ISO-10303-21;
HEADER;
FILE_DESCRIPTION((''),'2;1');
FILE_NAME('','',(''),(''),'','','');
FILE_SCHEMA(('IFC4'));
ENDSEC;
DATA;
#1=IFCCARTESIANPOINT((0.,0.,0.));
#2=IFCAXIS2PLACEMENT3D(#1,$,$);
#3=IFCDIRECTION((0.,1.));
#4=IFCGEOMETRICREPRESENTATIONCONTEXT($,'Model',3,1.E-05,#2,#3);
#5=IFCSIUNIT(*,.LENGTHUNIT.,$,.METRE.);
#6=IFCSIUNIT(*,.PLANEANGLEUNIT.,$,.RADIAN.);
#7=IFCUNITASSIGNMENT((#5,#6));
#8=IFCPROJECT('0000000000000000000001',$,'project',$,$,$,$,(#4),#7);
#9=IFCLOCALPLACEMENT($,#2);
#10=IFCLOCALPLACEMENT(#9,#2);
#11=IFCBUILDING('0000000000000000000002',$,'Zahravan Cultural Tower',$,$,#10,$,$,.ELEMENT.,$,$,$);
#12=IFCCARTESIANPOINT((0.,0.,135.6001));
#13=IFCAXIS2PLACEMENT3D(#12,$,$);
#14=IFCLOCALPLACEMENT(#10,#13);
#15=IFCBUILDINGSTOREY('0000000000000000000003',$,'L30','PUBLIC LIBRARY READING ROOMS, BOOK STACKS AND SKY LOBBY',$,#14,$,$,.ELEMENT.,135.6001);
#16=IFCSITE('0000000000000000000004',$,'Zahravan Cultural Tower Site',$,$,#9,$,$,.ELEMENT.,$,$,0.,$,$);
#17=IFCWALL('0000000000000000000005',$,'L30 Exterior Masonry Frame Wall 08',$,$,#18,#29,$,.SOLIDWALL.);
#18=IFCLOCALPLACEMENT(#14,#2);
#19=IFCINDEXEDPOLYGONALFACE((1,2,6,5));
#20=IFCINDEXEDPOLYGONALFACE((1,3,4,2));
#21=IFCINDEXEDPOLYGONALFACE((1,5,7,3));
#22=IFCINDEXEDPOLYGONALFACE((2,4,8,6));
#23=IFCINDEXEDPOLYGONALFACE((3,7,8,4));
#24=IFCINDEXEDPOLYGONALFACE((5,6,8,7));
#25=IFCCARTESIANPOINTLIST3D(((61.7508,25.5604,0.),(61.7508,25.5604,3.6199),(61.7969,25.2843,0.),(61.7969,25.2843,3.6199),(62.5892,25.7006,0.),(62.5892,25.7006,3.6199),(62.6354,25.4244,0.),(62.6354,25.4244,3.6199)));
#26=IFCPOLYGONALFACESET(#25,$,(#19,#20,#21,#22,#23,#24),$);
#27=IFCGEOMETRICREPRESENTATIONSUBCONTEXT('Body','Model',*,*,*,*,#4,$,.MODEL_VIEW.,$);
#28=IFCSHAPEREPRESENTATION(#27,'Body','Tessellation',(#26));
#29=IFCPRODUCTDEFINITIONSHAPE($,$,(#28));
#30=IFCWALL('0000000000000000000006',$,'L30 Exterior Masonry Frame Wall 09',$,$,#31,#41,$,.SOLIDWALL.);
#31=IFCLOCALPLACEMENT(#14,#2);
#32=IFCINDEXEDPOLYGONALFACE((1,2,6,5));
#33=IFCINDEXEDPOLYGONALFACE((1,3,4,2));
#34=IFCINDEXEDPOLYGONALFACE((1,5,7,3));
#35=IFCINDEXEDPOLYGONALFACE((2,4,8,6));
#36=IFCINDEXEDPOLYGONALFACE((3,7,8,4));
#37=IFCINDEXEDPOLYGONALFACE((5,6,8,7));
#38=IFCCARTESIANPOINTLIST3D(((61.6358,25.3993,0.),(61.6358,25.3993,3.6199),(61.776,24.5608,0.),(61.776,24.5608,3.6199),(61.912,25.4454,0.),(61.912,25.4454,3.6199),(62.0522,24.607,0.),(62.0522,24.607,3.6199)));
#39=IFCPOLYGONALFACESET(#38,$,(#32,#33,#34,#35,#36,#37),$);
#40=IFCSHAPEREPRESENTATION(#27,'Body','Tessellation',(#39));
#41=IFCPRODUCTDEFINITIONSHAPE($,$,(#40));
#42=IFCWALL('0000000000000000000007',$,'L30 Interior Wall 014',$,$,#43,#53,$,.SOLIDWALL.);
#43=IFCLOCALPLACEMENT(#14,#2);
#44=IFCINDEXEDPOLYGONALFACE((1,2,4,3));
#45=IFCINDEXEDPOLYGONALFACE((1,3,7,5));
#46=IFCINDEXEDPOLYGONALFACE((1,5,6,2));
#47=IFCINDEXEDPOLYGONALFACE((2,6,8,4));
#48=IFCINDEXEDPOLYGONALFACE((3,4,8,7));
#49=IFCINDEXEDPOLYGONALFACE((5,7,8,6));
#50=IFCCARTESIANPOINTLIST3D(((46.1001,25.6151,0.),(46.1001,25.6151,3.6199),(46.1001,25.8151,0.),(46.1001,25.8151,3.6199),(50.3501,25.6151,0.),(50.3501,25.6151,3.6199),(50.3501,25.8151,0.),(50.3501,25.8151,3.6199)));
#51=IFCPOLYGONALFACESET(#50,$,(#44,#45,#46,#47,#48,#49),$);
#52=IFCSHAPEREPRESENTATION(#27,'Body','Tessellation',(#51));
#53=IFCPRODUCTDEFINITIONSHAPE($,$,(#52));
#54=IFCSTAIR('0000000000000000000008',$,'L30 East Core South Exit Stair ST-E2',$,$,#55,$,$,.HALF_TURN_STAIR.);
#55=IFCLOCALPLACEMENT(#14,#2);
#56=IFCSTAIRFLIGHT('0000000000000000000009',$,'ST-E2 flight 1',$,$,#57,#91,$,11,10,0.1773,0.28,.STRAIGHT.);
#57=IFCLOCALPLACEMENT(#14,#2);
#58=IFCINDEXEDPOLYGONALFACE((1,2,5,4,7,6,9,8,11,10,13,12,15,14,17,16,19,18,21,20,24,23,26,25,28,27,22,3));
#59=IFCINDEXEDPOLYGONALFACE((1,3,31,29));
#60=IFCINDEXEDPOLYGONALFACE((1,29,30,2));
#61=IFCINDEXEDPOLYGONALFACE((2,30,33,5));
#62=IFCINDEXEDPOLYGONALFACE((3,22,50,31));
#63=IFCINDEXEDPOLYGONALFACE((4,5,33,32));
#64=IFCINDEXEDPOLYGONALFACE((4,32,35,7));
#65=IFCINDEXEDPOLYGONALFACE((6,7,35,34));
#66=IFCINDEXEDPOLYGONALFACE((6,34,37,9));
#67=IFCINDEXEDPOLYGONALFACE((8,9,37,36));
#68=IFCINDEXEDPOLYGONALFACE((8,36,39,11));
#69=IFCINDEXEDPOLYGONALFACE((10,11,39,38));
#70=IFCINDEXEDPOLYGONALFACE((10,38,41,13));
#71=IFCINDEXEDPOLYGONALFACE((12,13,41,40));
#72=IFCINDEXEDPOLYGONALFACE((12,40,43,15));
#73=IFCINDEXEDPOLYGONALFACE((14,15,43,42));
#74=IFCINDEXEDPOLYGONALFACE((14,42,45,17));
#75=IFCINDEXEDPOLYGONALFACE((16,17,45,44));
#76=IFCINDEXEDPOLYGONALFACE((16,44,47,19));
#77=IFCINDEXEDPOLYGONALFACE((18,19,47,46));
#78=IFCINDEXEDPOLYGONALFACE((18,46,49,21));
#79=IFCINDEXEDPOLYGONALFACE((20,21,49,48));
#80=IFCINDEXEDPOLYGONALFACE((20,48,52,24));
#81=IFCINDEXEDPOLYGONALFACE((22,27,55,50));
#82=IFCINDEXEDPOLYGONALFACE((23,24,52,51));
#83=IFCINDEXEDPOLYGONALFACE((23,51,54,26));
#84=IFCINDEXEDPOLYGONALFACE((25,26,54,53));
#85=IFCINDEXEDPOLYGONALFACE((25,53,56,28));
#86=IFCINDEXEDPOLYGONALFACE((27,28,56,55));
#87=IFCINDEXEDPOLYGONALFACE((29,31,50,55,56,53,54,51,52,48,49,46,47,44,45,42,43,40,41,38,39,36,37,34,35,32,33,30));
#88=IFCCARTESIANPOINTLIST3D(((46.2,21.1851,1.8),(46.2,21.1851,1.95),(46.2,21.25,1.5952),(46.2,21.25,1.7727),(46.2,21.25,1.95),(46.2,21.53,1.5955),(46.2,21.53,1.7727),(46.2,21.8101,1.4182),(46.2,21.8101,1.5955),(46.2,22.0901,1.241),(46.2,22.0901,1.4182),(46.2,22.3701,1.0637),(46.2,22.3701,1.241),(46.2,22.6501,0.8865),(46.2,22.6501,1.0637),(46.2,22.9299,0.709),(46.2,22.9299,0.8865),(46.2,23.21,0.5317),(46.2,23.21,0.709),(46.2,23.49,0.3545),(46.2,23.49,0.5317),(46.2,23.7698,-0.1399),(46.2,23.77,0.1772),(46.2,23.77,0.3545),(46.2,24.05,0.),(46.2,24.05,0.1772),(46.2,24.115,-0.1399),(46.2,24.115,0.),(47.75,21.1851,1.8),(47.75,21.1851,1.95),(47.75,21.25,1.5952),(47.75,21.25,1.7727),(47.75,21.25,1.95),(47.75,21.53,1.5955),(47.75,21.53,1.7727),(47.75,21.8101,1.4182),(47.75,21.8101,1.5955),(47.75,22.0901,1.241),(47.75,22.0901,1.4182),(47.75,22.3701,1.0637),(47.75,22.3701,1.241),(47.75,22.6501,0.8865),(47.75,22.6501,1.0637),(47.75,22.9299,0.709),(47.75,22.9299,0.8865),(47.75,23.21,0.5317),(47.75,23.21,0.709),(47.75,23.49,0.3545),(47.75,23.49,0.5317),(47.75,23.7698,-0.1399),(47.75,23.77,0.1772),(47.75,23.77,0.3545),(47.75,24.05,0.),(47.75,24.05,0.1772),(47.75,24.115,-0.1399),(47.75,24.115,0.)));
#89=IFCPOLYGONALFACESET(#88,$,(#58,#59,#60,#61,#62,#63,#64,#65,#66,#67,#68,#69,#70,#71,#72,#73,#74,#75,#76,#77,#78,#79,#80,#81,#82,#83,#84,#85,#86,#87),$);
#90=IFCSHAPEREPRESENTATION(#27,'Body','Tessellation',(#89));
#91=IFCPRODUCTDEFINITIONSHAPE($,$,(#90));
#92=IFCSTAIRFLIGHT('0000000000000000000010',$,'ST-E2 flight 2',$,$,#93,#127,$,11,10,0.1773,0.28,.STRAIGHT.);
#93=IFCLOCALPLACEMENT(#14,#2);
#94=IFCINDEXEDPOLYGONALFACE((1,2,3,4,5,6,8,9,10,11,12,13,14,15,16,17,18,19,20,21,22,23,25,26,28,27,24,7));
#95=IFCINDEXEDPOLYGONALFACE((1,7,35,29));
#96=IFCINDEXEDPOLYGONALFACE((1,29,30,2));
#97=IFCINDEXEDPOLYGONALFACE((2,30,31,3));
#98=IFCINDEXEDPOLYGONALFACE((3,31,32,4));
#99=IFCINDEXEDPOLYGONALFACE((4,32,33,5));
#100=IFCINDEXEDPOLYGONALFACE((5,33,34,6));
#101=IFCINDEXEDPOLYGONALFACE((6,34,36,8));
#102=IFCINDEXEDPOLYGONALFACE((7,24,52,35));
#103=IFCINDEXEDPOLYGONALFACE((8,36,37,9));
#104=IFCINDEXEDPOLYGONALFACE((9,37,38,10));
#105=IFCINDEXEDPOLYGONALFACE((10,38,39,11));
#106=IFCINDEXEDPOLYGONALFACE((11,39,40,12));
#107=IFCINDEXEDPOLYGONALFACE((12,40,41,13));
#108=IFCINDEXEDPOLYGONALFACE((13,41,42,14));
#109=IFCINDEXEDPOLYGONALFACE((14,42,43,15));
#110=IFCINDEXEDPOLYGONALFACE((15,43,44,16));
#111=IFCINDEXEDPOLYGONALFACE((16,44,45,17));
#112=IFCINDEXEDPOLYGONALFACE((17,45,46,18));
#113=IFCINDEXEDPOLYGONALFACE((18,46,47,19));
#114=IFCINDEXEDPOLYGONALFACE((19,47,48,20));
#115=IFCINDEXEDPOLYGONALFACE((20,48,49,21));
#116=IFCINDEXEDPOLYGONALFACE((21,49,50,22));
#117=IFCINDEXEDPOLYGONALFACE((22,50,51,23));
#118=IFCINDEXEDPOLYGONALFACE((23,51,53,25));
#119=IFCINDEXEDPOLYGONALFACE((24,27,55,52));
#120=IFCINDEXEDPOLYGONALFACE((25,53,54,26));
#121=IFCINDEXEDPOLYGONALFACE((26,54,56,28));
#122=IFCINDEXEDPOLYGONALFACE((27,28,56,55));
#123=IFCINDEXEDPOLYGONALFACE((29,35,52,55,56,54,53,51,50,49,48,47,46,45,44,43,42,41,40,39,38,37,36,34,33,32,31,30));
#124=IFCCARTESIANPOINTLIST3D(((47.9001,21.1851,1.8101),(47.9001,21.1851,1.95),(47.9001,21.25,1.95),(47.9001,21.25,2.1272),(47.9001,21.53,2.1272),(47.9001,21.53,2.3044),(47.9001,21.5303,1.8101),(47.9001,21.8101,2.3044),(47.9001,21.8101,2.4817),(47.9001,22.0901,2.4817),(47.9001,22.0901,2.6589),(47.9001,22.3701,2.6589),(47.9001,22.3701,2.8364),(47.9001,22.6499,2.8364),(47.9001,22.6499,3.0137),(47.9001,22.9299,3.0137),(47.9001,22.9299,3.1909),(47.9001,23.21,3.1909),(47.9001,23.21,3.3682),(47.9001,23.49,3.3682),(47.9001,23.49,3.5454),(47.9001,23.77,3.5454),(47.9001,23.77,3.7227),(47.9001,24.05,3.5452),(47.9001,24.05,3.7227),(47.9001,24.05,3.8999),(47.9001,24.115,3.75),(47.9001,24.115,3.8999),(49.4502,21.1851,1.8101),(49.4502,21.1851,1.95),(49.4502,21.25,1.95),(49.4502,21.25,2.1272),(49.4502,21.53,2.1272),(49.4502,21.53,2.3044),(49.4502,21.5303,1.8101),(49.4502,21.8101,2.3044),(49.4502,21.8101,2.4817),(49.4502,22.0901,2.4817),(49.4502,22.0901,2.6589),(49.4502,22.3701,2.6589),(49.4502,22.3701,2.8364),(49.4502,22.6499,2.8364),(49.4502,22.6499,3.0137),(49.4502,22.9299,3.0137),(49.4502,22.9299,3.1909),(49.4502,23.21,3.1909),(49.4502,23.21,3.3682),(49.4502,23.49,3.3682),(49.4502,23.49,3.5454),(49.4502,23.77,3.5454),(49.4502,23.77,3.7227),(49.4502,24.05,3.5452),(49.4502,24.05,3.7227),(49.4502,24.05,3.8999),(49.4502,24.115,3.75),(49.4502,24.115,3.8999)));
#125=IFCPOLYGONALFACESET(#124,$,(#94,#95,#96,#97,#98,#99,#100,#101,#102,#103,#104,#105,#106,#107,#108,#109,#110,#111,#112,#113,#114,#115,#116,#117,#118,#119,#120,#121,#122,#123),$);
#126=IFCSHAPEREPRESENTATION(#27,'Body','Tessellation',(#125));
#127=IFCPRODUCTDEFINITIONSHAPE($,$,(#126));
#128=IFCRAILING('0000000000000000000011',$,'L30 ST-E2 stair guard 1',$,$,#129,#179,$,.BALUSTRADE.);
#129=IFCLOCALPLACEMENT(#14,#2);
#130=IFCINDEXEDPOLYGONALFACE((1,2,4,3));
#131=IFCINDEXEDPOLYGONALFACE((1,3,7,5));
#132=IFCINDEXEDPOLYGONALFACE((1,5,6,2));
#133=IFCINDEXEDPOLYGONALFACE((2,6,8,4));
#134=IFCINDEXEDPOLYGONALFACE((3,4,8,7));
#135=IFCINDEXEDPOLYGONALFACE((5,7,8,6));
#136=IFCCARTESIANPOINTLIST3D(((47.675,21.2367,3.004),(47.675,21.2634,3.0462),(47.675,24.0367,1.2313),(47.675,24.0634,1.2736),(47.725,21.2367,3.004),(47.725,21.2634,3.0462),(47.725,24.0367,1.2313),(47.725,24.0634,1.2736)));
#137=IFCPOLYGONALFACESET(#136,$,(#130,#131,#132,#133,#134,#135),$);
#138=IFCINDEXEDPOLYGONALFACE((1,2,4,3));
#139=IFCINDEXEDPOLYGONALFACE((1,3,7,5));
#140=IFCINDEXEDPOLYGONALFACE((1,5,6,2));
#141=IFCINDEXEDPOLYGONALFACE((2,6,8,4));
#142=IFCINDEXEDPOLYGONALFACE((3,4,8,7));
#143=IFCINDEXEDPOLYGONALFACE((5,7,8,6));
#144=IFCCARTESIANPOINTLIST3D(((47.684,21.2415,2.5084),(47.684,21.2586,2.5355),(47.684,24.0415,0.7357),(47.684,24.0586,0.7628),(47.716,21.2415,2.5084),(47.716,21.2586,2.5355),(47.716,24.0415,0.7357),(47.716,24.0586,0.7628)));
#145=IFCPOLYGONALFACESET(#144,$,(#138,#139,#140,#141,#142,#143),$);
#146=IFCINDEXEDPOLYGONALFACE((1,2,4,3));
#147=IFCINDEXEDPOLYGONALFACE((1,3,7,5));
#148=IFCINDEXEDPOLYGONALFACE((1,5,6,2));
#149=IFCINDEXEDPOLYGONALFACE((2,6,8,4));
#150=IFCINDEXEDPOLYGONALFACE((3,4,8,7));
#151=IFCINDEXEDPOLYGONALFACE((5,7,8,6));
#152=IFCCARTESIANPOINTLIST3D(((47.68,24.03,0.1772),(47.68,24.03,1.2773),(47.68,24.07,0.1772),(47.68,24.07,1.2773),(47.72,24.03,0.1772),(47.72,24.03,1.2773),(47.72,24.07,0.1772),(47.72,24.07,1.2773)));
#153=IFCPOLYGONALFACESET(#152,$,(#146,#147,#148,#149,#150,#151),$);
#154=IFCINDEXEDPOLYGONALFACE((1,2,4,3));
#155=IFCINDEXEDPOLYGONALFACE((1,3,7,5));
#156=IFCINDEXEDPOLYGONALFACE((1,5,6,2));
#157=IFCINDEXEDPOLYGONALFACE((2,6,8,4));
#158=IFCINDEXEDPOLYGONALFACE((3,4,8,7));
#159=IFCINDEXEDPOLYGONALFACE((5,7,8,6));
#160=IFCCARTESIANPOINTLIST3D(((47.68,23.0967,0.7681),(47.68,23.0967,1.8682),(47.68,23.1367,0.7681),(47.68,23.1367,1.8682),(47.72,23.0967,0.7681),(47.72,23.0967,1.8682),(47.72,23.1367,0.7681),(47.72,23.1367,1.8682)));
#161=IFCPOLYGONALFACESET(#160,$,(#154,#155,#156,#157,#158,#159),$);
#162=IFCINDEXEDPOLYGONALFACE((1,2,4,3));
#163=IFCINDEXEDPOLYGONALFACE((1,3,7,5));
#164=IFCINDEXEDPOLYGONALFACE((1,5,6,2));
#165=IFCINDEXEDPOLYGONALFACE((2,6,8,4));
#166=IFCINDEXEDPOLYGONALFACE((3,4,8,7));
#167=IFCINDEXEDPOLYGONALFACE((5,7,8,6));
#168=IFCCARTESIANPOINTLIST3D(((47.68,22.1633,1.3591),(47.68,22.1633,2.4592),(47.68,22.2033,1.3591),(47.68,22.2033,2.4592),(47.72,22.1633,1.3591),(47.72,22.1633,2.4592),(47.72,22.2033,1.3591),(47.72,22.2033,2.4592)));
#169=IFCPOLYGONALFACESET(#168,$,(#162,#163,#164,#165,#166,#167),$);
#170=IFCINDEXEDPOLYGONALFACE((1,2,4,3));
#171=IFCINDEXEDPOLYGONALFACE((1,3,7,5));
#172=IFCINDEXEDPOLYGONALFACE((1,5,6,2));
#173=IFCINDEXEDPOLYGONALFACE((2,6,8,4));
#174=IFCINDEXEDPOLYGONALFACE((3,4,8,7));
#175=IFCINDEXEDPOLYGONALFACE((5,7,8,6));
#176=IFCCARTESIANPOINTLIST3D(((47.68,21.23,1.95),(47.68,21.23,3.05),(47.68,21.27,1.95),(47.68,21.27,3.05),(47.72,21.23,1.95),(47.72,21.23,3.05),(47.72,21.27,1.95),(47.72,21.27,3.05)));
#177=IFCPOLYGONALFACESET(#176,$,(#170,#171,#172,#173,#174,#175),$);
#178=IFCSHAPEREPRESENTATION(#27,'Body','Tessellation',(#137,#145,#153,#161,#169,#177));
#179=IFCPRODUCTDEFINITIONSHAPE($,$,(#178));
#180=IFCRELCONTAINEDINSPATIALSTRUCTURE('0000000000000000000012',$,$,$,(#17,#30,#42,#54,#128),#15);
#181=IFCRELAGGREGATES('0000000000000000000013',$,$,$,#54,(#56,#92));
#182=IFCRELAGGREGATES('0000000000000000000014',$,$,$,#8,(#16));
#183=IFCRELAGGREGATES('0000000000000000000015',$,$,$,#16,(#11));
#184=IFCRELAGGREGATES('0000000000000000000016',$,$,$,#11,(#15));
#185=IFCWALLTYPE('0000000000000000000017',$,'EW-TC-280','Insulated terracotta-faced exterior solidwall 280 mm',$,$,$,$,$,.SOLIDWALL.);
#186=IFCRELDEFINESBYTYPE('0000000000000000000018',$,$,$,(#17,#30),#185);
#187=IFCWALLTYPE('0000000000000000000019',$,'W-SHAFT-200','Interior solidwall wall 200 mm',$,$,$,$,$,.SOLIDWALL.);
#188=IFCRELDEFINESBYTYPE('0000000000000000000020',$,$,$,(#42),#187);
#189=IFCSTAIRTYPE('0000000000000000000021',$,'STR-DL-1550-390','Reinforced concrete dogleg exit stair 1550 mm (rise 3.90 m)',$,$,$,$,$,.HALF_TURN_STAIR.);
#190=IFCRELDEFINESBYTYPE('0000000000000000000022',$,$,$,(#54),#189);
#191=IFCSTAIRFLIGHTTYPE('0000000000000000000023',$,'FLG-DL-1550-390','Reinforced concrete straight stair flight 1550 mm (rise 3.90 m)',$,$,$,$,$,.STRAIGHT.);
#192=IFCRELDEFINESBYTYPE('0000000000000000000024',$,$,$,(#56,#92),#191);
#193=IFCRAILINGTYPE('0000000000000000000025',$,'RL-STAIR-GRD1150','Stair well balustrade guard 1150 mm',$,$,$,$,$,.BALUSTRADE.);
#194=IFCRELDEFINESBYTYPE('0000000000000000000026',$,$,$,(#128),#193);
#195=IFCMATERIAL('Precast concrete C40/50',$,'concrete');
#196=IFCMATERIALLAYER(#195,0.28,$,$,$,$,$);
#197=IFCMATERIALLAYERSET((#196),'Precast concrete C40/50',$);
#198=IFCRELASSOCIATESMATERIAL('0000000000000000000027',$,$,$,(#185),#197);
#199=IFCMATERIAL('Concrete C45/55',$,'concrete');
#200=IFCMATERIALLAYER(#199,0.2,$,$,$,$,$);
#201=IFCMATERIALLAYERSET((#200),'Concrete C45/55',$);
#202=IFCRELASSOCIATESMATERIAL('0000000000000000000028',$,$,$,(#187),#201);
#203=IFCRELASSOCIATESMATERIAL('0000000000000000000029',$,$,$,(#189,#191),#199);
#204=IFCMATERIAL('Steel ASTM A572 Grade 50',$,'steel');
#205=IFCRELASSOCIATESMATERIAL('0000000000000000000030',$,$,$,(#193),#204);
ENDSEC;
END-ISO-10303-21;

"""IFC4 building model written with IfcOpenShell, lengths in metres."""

from ifc_helpers import new_model, si_unit, direction, frame, frame_2d, origin, origin_2d, place, context, subcontext, project, spatial, polyline, rectangle, outline, extrude, source, transform, mapped, material, layer, layer_set, type_object, element, aggregate, save


model = new_model("IFC4")

# Units and contexts
model_context = context("Model", 3, precision=1e-05, world=origin(), true_north=direction((0.0, 1.0)))
body_context = subcontext(model_context, "Body", "Model", "MODEL_VIEW")
ifc_project = project(units=[si_unit("LENGTHUNIT", "METRE"), si_unit("PLANEANGLEUNIT", "RADIAN")], contexts=[model_context])

# Site, building, storey
site_placement = place(None, origin())
site = spatial("IfcSite", under=ifc_project, at=site_placement, Name="Zahravan Cultural Tower Site", CompositionType="ELEMENT", RefElevation=0.0)
building_placement = place(site_placement, origin())
building = spatial("IfcBuilding", under=site, at=building_placement, Name="Zahravan Cultural Tower", CompositionType="ELEMENT")
storey_placement = place(building_placement, frame((0.0, 0.0, 135.6001)))
storey = spatial("IfcBuildingStorey", under=building, at=storey_placement, Name="L30", Description="PUBLIC LIBRARY READING ROOMS, BOOK STACKS AND SKY LOBBY", CompositionType="ELEMENT", Elevation=135.6001)

# Shared definitions
ifc_material_1 = material(Name="Precast concrete C40/50", Category="concrete")
ifc_layer_1 = layer(ifc_material_1, 0.28)
ifc_layer_set_1 = layer_set([ifc_layer_1], Name="Precast concrete C40/50")
wall_type_1 = type_object("IfcWallType", Name="EW-TC-280", Description="Insulated terracotta-faced exterior solidwall 280 mm", PredefinedType="SOLIDWALL", material=ifc_layer_set_1)

# Walls
shared_shape_1 = source(origin(), body_context, "Body", "SweptSolid", [
    extrude(rectangle(XDim=0.8501, YDim=0.28, at=frame_2d((0.425, 0.0))), origin(), (0.0, 0.0, 1.0), 3.6199),
])
for number, where, z_axis, x_axis, name in (
    (1, (62.6123, 25.5625, 0.0), (0.0, 0.0, 1.0), (-0.986316, -0.164865, 0.0), "L30 Exterior Masonry Frame Wall 08"),
    (2, (61.7739, 25.4224, 0.0), (0.0, 0.0, 1.0), (0.164865, -0.986316, 0.0), "L30 Exterior Masonry Frame Wall 09"),
):
    element("IfcWall", number, at=place(storey_placement, frame(where, z_axis=z_axis, x_axis=x_axis)), inside=storey, type_object=wall_type_1, Name=name, PredefinedType="SOLIDWALL", context=body_context, shape_type="MappedRepresentation", body=[
        mapped(shared_shape_1, transform((0.0, 0.0, 0.0), x_axis=(1.0, 0.0, 0.0), y_axis=(0.0, 1.0, 0.0), z_axis=(0.0, 0.0, 1.0), scale=1.0)),
    ])
ifc_material_2 = material(Name="Concrete C45/55", Category="concrete")
ifc_layer_2 = layer(ifc_material_2, 0.2)
ifc_layer_set_2 = layer_set([ifc_layer_2], Name="Concrete C45/55")
wall_type_2 = type_object("IfcWallType", Name="W-SHAFT-200", Description="Interior solidwall wall 200 mm", PredefinedType="SOLIDWALL", material=ifc_layer_set_2)
shared_shape_2 = source(origin(), body_context, "Body", "SweptSolid", [
    extrude(rectangle(XDim=4.25, YDim=0.2, at=frame_2d((2.125, 0.0))), origin(), (0.0, 0.0, 1.0), 3.6199),
])
wall_1_placement = place(storey_placement, frame((46.1001, 25.7151, 0.0), z_axis=(0.0, 0.0, 1.0), x_axis=(1.0, 0.0, 0.0)))
element("IfcWall", 3, at=wall_1_placement, inside=storey, type_object=wall_type_2, Name="L30 Interior Wall 014", PredefinedType="SOLIDWALL", context=body_context, shape_type="MappedRepresentation", body=[
    mapped(shared_shape_2, transform((0.0, 0.0, 0.0), x_axis=(1.0, 0.0, 0.0), y_axis=(0.0, 1.0, 0.0), z_axis=(0.0, 0.0, 1.0), scale=1.0)),
])

# Stair, stair flights
stair_type = type_object("IfcStairType", Name="STR-DL-1550-390", Description="Reinforced concrete dogleg exit stair 1550 mm (rise 3.90 m)", PredefinedType="HALF_TURN_STAIR", material=ifc_material_2)
stair_placement = place(storey_placement, origin())
stair = element("IfcStair", 4, at=stair_placement, inside=storey, type_object=stair_type, Name="L30 East Core South Exit Stair ST-E2", PredefinedType="HALF_TURN_STAIR")
stair_flight_type = type_object("IfcStairFlightType", Name="FLG-DL-1550-390", Description="Reinforced concrete straight stair flight 1550 mm (rise 3.90 m)", PredefinedType="STRAIGHT", material=ifc_material_2)
stair_flight_1_placement = place(storey_placement, frame((46.9751, 24.05, 0.0), z_axis=(0.0, 0.0, 1.0), x_axis=(0.0, -1.0, 0.0)))
stair_flight_1 = element("IfcStairFlight", 5, at=stair_flight_1_placement, type_object=stair_flight_type, Name="ST-E2 flight 1", NumberOfRisers=11, NumberOfTreads=10, PredefinedType="STRAIGHT", RiserHeight=0.1773, TreadLength=0.28, context=body_context, shape_type="SweptSolid", body=[
    extrude(outline(polyline([(-0.0649, -0.1399), (-0.0649, 0.0), (0.0, 0.0), (0.0, 0.1772), (0.28, 0.1772), (0.28, 0.3545), (0.5601, 0.3545), (0.5601, 0.5317), (0.8401, 0.5317), (0.8401, 0.709), (1.1201, 0.709), (1.1201, 0.8865), (1.3999, 0.8865), (1.3999, 1.0637), (1.6799, 1.0637), (1.6799, 1.241), (1.96, 1.241), (1.96, 1.4182), (2.24, 1.4182), (2.24, 1.5955), (2.52, 1.5955), (2.52, 1.7727), (2.8, 1.7727), (2.8, 1.95), (2.865, 1.95), (2.865, 1.8), (2.8, 1.5952), (0.2803, -0.1399), (-0.0649, -0.1399)])), frame((0.0, 0.7749, 0.0), z_axis=(0.0, -1.0, 0.0), x_axis=(1.0, 0.0, 0.0)), (0.0, 0.0, 1.0), 1.55),
])
stair_flight_2_placement = place(storey_placement, frame((48.675, 21.25, 1.95), z_axis=(0.0, 0.0, 1.0), x_axis=(0.0, 1.0, 0.0)))
stair_flight_2 = element("IfcStairFlight", 6, at=stair_flight_2_placement, type_object=stair_flight_type, Name="ST-E2 flight 2", NumberOfRisers=11, NumberOfTreads=10, PredefinedType="STRAIGHT", RiserHeight=0.1773, TreadLength=0.28, context=body_context, shape_type="SweptSolid", body=[
    extrude(outline(polyline([(-0.0649, -0.1399), (-0.0649, 0.0), (0.0, 0.0), (0.0, 0.1772), (0.28, 0.1772), (0.28, 0.3545), (0.5601, 0.3545), (0.5601, 0.5317), (0.8401, 0.5317), (0.8401, 0.709), (1.1201, 0.709), (1.1201, 0.8865), (1.3999, 0.8865), (1.3999, 1.0637), (1.6799, 1.0637), (1.6799, 1.241), (1.96, 1.241), (1.96, 1.4182), (2.24, 1.4182), (2.24, 1.5955), (2.52, 1.5955), (2.52, 1.7727), (2.8, 1.7727), (2.8, 1.95), (2.865, 1.95), (2.865, 1.8), (2.8, 1.5952), (0.2803, -0.1399), (-0.0649, -0.1399)])), frame((0.0, 0.7749, 0.0), z_axis=(0.0, -1.0, 0.0), x_axis=(1.0, 0.0, 0.0)), (0.0, 0.0, 1.0), 1.55),
])
aggregate(stair, [stair_flight_1, stair_flight_2])

# Railing
ifc_material_3 = material(Name="Steel ASTM A572 Grade 50", Category="steel")
railing_type_1 = type_object("IfcRailingType", Name="RL-STAIR-GRD1150", Description="Stair well balustrade guard 1150 mm", PredefinedType="BALUSTRADE", material=ifc_material_3)
railing_1_placement = place(storey_placement, frame((47.7, 24.05, 0.1772)))
element("IfcRailing", 7, at=railing_1_placement, inside=storey, type_object=railing_type_1, Name="L30 ST-E2 stair guard 1", PredefinedType="BALUSTRADE", context=body_context, shape_type="SweptSolid", body=[
    extrude(rectangle(XDim=0.05, YDim=0.05, at=origin_2d()), frame((0.0, 0.0, 1.0752), z_axis=(0.0, -0.844909, 0.53491), x_axis=(1.0, 0.0, 0.0)), (0.0, 0.0, 1.0), 3.314),
    extrude(rectangle(XDim=0.032, YDim=0.032, at=origin_2d()), frame((0.0, 0.0, 0.572), z_axis=(0.0, -0.844909, 0.53491), x_axis=(1.0, 0.0, 0.0)), (0.0, 0.0, 1.0), 3.314),
    extrude(rectangle(XDim=0.04, YDim=0.04, at=origin_2d()), origin(), (0.0, 0.0, 1.0), 1.1001),
    extrude(rectangle(XDim=0.04, YDim=0.04, at=origin_2d()), frame((0.0, -0.9333, 0.5908)), (0.0, 0.0, 1.0), 1.1001),
    extrude(rectangle(XDim=0.04, YDim=0.04, at=origin_2d()), frame((0.0, -1.8667, 1.1819)), (0.0, 0.0, 1.0), 1.1001),
    extrude(rectangle(XDim=0.04, YDim=0.04, at=origin_2d()), frame((0.0, -2.8, 1.7727)), (0.0, 0.0, 1.0), 1.1001),
])

save(model, "model.ifc")
